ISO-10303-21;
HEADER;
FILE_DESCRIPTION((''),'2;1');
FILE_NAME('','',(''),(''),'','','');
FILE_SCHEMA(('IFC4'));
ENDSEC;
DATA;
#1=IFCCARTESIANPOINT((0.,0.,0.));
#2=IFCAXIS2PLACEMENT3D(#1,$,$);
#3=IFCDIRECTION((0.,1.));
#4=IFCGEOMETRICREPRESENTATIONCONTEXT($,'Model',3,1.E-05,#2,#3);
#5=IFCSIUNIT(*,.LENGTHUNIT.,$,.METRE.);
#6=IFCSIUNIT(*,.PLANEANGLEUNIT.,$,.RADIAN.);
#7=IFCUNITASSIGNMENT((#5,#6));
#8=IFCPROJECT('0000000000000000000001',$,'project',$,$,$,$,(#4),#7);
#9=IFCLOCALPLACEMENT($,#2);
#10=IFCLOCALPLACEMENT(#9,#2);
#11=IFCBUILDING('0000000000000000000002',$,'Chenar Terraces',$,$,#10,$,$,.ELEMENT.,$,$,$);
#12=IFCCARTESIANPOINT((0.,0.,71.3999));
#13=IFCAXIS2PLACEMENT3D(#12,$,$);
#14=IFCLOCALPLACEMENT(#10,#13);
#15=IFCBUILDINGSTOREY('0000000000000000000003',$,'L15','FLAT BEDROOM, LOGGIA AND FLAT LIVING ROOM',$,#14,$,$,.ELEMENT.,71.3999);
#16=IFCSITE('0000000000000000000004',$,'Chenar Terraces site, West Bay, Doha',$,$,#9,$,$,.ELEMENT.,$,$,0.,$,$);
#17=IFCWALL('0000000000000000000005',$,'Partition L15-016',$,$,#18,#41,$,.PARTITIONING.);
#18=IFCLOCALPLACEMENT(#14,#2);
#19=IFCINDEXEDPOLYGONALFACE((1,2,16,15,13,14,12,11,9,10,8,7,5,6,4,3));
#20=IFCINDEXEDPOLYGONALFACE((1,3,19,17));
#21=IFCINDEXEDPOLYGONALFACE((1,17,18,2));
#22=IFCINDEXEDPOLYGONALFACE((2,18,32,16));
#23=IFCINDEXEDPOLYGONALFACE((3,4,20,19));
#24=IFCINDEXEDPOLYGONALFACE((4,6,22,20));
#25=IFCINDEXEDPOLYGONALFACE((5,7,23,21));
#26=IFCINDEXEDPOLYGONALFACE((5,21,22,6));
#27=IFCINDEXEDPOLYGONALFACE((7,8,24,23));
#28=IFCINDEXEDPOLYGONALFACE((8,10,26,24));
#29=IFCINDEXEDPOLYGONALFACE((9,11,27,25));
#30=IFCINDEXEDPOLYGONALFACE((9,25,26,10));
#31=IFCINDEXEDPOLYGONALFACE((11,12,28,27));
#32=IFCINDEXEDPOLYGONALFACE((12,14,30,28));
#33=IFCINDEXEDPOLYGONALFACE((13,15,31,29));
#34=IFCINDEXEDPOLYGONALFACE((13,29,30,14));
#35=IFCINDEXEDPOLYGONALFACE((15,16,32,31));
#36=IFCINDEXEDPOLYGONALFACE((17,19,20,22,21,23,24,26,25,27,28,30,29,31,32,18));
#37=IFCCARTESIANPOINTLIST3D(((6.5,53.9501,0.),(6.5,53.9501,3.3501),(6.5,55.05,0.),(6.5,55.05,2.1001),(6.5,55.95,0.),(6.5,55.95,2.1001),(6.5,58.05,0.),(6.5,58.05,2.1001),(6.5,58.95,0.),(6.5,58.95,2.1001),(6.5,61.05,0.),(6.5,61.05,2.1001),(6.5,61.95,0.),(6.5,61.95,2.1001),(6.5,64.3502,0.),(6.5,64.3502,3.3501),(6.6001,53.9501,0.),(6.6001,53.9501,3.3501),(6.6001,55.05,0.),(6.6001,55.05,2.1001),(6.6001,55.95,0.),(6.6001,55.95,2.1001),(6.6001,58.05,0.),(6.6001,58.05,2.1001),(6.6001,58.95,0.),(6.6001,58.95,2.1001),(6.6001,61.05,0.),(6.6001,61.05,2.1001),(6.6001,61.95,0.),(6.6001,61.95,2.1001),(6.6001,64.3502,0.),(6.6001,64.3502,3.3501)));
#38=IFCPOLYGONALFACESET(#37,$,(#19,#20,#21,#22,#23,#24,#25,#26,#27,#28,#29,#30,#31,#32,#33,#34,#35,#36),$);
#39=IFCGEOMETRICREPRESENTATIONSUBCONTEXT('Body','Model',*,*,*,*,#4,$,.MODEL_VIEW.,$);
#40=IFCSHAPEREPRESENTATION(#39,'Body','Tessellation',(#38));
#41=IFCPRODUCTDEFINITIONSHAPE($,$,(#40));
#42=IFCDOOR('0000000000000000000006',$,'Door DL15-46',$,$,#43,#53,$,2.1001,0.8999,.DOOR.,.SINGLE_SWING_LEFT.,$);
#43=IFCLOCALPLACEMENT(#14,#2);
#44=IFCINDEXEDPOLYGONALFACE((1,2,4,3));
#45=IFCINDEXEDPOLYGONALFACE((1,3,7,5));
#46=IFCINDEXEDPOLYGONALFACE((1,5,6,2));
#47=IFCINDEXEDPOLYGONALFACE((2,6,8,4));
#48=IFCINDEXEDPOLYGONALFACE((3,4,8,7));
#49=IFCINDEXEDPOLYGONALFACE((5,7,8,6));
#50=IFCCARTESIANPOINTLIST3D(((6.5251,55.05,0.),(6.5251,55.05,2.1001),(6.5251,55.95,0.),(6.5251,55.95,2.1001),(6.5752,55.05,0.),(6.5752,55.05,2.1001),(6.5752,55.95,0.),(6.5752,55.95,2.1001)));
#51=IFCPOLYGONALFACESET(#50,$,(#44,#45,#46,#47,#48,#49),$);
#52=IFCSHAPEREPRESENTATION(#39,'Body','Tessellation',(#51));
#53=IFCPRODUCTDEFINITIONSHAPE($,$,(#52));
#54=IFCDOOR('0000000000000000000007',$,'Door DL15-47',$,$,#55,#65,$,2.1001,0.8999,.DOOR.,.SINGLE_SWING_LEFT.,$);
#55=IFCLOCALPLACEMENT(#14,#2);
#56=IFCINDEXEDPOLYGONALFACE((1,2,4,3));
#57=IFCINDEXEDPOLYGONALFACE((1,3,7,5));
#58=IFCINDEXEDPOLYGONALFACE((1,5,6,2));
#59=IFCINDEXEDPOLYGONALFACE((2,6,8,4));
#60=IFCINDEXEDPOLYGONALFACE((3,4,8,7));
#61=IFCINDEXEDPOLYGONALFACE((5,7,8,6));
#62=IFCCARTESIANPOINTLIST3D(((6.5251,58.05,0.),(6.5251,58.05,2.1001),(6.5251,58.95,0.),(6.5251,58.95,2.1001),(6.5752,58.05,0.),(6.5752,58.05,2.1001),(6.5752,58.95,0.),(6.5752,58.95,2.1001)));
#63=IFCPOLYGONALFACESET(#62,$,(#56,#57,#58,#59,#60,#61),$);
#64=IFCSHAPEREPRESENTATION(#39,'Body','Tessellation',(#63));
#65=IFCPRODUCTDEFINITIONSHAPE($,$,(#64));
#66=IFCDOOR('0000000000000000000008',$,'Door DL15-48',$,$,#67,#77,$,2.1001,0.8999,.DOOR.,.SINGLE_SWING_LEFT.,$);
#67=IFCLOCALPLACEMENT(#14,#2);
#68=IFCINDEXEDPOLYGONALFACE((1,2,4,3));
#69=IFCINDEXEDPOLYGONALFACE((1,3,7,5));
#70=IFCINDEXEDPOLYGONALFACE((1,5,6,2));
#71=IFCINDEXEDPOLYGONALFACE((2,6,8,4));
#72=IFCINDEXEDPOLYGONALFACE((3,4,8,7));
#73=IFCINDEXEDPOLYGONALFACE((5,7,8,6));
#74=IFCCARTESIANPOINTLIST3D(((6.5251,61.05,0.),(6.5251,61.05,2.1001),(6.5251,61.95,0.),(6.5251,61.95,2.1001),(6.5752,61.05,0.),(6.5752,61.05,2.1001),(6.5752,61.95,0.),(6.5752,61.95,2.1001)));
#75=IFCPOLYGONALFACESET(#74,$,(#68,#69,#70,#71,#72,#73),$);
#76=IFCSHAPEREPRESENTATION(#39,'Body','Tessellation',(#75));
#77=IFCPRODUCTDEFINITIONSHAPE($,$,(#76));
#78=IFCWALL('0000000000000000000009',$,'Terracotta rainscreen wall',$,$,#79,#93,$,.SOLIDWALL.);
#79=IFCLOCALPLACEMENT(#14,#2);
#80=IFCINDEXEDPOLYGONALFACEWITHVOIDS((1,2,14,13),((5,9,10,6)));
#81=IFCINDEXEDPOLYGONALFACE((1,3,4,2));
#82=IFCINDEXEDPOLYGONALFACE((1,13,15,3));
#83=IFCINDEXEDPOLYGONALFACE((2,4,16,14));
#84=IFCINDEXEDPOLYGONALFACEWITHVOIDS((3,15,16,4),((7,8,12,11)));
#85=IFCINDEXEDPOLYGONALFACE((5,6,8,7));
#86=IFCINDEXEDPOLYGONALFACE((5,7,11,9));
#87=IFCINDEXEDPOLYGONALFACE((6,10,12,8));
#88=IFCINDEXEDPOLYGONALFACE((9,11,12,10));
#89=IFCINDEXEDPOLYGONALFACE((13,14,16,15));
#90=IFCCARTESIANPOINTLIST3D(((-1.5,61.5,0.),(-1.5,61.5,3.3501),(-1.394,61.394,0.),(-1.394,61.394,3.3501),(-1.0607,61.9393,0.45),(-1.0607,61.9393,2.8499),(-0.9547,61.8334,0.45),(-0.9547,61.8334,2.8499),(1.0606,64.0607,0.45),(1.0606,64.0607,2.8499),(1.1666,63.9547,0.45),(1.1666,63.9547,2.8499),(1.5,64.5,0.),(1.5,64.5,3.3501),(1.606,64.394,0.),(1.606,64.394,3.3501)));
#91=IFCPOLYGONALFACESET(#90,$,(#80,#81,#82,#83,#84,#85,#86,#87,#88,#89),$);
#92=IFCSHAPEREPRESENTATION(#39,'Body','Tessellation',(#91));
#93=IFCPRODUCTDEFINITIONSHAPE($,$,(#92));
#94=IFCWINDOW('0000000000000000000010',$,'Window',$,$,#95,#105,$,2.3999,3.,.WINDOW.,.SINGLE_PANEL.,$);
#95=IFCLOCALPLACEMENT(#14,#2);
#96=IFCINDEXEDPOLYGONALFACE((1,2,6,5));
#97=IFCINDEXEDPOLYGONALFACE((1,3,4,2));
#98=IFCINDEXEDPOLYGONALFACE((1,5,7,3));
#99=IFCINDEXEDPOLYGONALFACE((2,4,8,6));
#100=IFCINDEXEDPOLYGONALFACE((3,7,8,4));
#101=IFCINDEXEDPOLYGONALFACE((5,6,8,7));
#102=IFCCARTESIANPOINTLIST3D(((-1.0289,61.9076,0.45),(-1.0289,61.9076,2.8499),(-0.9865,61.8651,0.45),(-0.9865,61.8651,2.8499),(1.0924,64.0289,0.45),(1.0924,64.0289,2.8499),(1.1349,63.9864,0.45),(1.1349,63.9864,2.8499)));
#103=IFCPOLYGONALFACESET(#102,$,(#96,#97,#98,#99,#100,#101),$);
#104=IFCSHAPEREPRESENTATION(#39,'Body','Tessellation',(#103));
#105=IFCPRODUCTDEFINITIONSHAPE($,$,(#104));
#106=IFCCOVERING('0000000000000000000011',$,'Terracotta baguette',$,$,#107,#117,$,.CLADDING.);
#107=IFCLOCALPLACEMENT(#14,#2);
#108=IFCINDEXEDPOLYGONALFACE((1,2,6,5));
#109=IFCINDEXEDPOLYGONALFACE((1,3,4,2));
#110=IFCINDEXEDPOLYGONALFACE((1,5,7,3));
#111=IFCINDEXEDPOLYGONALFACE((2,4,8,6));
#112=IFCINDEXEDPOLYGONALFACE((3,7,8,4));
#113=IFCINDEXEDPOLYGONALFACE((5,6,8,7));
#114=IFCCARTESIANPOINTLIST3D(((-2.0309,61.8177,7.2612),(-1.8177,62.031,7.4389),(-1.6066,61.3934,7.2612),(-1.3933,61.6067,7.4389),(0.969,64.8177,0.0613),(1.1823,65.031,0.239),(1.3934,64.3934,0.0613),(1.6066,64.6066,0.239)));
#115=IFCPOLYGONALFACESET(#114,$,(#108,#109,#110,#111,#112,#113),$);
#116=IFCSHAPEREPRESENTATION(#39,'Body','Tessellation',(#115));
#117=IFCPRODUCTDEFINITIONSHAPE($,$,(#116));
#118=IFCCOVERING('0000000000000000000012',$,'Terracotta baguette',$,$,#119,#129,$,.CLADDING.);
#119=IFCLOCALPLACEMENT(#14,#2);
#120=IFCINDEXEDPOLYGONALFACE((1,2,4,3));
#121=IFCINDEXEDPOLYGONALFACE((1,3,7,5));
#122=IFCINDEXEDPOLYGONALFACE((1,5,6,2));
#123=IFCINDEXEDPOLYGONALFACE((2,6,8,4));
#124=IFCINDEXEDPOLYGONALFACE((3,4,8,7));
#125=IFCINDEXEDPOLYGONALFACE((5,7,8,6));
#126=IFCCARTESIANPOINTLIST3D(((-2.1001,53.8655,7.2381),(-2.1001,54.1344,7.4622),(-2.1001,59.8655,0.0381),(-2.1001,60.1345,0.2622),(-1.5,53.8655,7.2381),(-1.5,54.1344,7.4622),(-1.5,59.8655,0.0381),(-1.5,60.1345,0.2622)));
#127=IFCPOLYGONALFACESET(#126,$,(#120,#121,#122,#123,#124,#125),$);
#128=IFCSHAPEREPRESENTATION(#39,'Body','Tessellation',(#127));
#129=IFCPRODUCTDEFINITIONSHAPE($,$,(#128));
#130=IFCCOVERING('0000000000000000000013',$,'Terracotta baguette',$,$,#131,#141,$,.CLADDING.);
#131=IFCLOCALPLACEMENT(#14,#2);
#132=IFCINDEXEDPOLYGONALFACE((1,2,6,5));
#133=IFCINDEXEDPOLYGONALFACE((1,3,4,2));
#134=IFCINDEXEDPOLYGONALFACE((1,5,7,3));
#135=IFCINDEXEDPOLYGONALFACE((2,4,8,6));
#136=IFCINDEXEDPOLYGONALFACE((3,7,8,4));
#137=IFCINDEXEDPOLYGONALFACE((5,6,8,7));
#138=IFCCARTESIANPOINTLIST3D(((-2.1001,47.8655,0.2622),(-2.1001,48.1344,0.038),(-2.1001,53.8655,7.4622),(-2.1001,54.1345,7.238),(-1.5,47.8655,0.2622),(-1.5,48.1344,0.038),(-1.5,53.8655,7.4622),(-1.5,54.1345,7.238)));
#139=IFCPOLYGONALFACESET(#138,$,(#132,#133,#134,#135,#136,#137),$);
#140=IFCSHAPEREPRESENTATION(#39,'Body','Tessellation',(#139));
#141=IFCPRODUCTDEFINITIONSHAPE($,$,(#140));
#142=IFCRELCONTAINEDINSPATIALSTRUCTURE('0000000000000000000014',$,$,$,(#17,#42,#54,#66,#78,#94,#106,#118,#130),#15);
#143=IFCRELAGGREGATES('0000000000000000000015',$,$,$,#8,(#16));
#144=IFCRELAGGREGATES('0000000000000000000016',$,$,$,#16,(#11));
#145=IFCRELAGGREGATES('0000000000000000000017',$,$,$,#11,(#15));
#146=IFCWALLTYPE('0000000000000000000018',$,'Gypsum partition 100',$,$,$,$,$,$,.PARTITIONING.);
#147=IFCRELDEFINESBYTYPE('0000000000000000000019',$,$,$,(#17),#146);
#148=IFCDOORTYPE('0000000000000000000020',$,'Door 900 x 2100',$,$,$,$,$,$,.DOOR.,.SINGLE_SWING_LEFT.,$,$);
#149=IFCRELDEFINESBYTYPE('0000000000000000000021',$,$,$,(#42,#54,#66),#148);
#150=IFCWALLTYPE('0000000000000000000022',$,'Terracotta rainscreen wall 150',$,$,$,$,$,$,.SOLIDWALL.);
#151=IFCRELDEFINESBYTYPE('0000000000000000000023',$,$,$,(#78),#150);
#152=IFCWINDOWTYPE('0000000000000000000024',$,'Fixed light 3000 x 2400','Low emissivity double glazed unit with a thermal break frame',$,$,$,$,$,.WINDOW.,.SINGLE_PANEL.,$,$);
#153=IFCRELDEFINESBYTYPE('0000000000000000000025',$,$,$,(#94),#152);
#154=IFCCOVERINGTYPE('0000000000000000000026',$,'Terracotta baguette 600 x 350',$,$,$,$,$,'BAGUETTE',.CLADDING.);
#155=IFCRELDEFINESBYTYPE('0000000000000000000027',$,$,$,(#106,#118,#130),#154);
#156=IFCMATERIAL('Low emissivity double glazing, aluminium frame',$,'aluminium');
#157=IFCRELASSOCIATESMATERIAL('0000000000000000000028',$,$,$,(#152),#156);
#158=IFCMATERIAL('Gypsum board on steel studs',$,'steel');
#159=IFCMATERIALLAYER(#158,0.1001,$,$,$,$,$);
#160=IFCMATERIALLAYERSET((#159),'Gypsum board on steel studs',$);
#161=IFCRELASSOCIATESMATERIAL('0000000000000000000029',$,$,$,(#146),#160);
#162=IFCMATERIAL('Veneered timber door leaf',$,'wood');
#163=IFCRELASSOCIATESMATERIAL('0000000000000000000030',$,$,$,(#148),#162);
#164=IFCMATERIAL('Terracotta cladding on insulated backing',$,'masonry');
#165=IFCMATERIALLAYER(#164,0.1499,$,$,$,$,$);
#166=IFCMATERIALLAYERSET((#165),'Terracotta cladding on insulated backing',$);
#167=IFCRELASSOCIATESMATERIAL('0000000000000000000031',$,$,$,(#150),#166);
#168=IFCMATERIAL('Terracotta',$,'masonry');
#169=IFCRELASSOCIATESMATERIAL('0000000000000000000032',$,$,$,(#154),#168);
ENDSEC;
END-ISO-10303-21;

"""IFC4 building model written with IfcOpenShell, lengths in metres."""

from ifc_helpers import new_model, si_unit, direction, frame, frame_2d, origin, origin_2d, place, context, subcontext, project, spatial, rectangle, extrude, material, layer, layer_set, material_profile, profile_set, type_object, element, fill, save


model = new_model("IFC4")

# Units and contexts
model_context = context("Model", 3, precision=1e-05, world=origin(), true_north=direction((0.0, 1.0)))
body_context = subcontext(model_context, "Body", "Model", "MODEL_VIEW")
ifc_project = project(units=[si_unit("LENGTHUNIT", "METRE"), si_unit("PLANEANGLEUNIT", "RADIAN")], contexts=[model_context])

# Site, building, storey
site_placement = place(None, origin())
site = spatial("IfcSite", under=ifc_project, at=site_placement, Name="Chenar Terraces site, West Bay, Doha", CompositionType="ELEMENT", RefElevation=0.0)
building_placement = place(site_placement, origin())
building = spatial("IfcBuilding", under=site, at=building_placement, Name="Chenar Terraces", CompositionType="ELEMENT")
storey_placement = place(building_placement, frame((0.0, 0.0, 71.3999)))
storey = spatial("IfcBuildingStorey", under=building, at=storey_placement, Name="L15", Description="FLAT BEDROOM, LOGGIA AND FLAT LIVING ROOM", CompositionType="ELEMENT", Elevation=71.3999)

# Shared definitions
ifc_material_1 = material(Name="Low emissivity double glazing, aluminium frame", Category="aluminium")
window_type_1 = type_object("IfcWindowType", Name="Fixed light 3000 x 2400", Description="Low emissivity double glazed unit with a thermal break frame", PartitioningType="SINGLE_PANEL", PredefinedType="WINDOW", material=ifc_material_1)

# Shared definitions
ifc_material_2 = material(Name="Gypsum board on steel studs", Category="steel")
ifc_layer_1 = layer(ifc_material_2, 0.1001)
ifc_layer_set_1 = layer_set([ifc_layer_1], Name="Gypsum board on steel studs")
wall_type_1 = type_object("IfcWallType", Name="Gypsum partition 100", PredefinedType="PARTITIONING", material=ifc_layer_set_1)

# Wall, openings, doors
wall_1_placement = place(storey_placement, frame((6.55, 53.95, 0.0), z_axis=(0.0, 0.0, 1.0), x_axis=(0.0, 1.0, 0.0)))
wall_1 = element("IfcWall", 1, at=wall_1_placement, inside=storey, type_object=wall_type_1, Name="Partition L15-016", PredefinedType="PARTITIONING", context=body_context, shape_type="SweptSolid", body=[
    extrude(rectangle(XDim=10.4001, YDim=0.1001, at=frame_2d((5.2002, 0.0))), origin(), (0.0, 0.0, 1.0), 3.3501),
])
opening_1_placement = place(wall_1_placement, frame((1.1001, 0.0, 0.0)))
opening_1 = element("IfcOpeningElement", 2, at=opening_1_placement, cuts=wall_1, PredefinedType="OPENING", context=body_context, shape_type="SweptSolid", body=[
    extrude(rectangle(XDim=0.8999, YDim=2.1001, at=frame_2d((0.45, 1.05))), frame((0.0, 0.0601, 0.0), z_axis=(0.0, -1.0, 0.0), x_axis=(1.0, 0.0, 0.0)), (0.0, 0.0, 1.0), 0.1201),
])
opening_2_placement = place(wall_1_placement, frame((4.1001, 0.0, 0.0)))
opening_2 = element("IfcOpeningElement", 3, at=opening_2_placement, cuts=wall_1, PredefinedType="OPENING", context=body_context, shape_type="SweptSolid", body=[
    extrude(rectangle(XDim=0.8999, YDim=2.1001, at=frame_2d((0.45, 1.05))), frame((0.0, 0.0601, 0.0), z_axis=(0.0, -1.0, 0.0), x_axis=(1.0, 0.0, 0.0)), (0.0, 0.0, 1.0), 0.1201),
])
opening_3_placement = place(wall_1_placement, frame((7.1001, 0.0, 0.0)))
opening_3 = element("IfcOpeningElement", 4, at=opening_3_placement, cuts=wall_1, PredefinedType="OPENING", context=body_context, shape_type="SweptSolid", body=[
    extrude(rectangle(XDim=0.8999, YDim=2.1001, at=frame_2d((0.45, 1.05))), frame((0.0, 0.0601, 0.0), z_axis=(0.0, -1.0, 0.0), x_axis=(1.0, 0.0, 0.0)), (0.0, 0.0, 1.0), 0.1201),
])
ifc_material_3 = material(Name="Veneered timber door leaf", Category="wood")
door_type = type_object("IfcDoorType", Name="Door 900 x 2100", OperationType="SINGLE_SWING_LEFT", PredefinedType="DOOR", material=ifc_material_3)
door_1_placement = place(opening_1_placement, origin())
door_1 = element("IfcDoor", 5, at=door_1_placement, inside=storey, type_object=door_type, Name="Door DL15-46", OperationType="SINGLE_SWING_LEFT", OverallHeight=2.1001, OverallWidth=0.8999, PredefinedType="DOOR", context=body_context, shape_type="SweptSolid", body=[
    extrude(rectangle(XDim=0.8999, YDim=2.1001, at=frame_2d((0.45, 1.05))), frame((0.0, 0.0249, 0.0), z_axis=(0.0, -1.0, 0.0), x_axis=(1.0, 0.0, 0.0)), (0.0, 0.0, 1.0), 0.05),
])
fill(opening_1, door_1)
door_2_placement = place(opening_2_placement, origin())
door_2 = element("IfcDoor", 6, at=door_2_placement, inside=storey, type_object=door_type, Name="Door DL15-47", OperationType="SINGLE_SWING_LEFT", OverallHeight=2.1001, OverallWidth=0.8999, PredefinedType="DOOR", context=body_context, shape_type="SweptSolid", body=[
    extrude(rectangle(XDim=0.8999, YDim=2.1001, at=frame_2d((0.45, 1.05))), frame((0.0, 0.0249, 0.0), z_axis=(0.0, -1.0, 0.0), x_axis=(1.0, 0.0, 0.0)), (0.0, 0.0, 1.0), 0.05),
])
fill(opening_2, door_2)
door_3_placement = place(opening_3_placement, origin())
door_3 = element("IfcDoor", 7, at=door_3_placement, inside=storey, type_object=door_type, Name="Door DL15-48", OperationType="SINGLE_SWING_LEFT", OverallHeight=2.1001, OverallWidth=0.8999, PredefinedType="DOOR", context=body_context, shape_type="SweptSolid", body=[
    extrude(rectangle(XDim=0.8999, YDim=2.1001, at=frame_2d((0.45, 1.05))), frame((0.0, 0.0249, 0.0), z_axis=(0.0, -1.0, 0.0), x_axis=(1.0, 0.0, 0.0)), (0.0, 0.0, 1.0), 0.05),
])
fill(opening_3, door_3)

# Wall, opening, window
ifc_material_4 = material(Name="Terracotta cladding on insulated backing", Category="masonry")
ifc_layer_2 = layer(ifc_material_4, 0.1499)
ifc_layer_set_2 = layer_set([ifc_layer_2], Name="Terracotta cladding on insulated backing")
wall_type_2 = type_object("IfcWallType", Name="Terracotta rainscreen wall 150", PredefinedType="SOLIDWALL", material=ifc_layer_set_2)
wall_2_placement = place(storey_placement, frame((1.553, 64.447, 0.0), z_axis=(0.0, 0.0, 1.0), x_axis=(-0.707107, -0.707107, 0.0)))
wall_2 = element("IfcWall", 8, at=wall_2_placement, inside=storey, type_object=wall_type_2, Name="Terracotta rainscreen wall", PredefinedType="SOLIDWALL", context=body_context, shape_type="SweptSolid", body=[
    extrude(rectangle(XDim=4.2427, YDim=0.1499, at=frame_2d((2.1213, 0.0))), origin(), (0.0, 0.0, 1.0), 3.3501),
])
opening_4_placement = place(wall_2_placement, frame((0.6213, 0.0, 0.45)))
opening_4 = element("IfcOpeningElement", 9, at=opening_4_placement, cuts=wall_2, PredefinedType="OPENING", context=body_context, shape_type="SweptSolid", body=[
    extrude(rectangle(XDim=3.0, YDim=2.3999, at=frame_2d((1.5, 1.2))), frame((0.0, 0.085, 0.0), z_axis=(0.0, -1.0, 0.0), x_axis=(1.0, 0.0, 0.0)), (0.0, 0.0, 1.0), 0.1699),
])
window_1_placement = place(opening_4_placement, origin())
window_1 = element("IfcWindow", 10, at=window_1_placement, inside=storey, type_object=window_type_1, Name="Window", OverallHeight=2.3999, OverallWidth=3.0, PartitioningType="SINGLE_PANEL", PredefinedType="WINDOW", context=body_context, shape_type="SweptSolid", body=[
    extrude(rectangle(XDim=3.0, YDim=2.3999, at=frame_2d((1.5, 1.2))), frame((0.0, 0.03, 0.0), z_axis=(0.0, -1.0, 0.0), x_axis=(1.0, 0.0, 0.0)), (0.0, 0.0, 1.0), 0.0601),
])
fill(opening_4, window_1)

# Coverings
ifc_material_5 = material(Name="Terracotta", Category="masonry")
ifc_material_profile_1 = material_profile(ifc_material_5, rectangle(XDim=0.6001, YDim=0.3501, at=origin_2d()), Name="Terracotta baguette 600 x 350")
ifc_profile_set_1 = profile_set([ifc_material_profile_1], Name="Terracotta")
covering_type = type_object("IfcCoveringType", Name="Terracotta baguette 600 x 350", ElementType="BAGUETTE", PredefinedType="CLADDING", material=ifc_profile_set_1)
covering_placement = place(storey_placement, frame((1.2878, 64.7122, 0.1501), z_axis=(-0.358981, -0.358981, 0.861548), x_axis=(0.707107, -0.707107, 0.0)))
element("IfcCovering", 11, at=covering_placement, inside=storey, type_object=covering_type, Name="Terracotta baguette", PredefinedType="CLADDING", context=body_context, shape_type="SweptSolid", body=[
    extrude(rectangle(XDim=0.6001, YDim=0.3501, at=origin_2d()), origin(), (0.0, 0.0, 1.0), 8.3569),
])
for number, where, z_axis, x_axis, name in (
    (12, (-1.8, 60.0, 0.1501), (0.0, -0.640187, 0.768219), (1.0, 0.0, 0.0), "Terracotta baguette"),
    (13, (-1.8, 54.0, 7.3501), (0.0, -0.640187, -0.768219), (1.0, 0.0, 0.0), "Terracotta baguette"),
):
    element("IfcCovering", number, at=place(storey_placement, frame(where, z_axis=z_axis, x_axis=x_axis)), inside=storey, type_object=covering_type, Name=name, PredefinedType="CLADDING", context=body_context, shape_type="SweptSolid", body=[
        extrude(rectangle(XDim=0.6001, YDim=0.3501, at=origin_2d()), origin(), (0.0, 0.0, 1.0), 9.3723),
    ])

save(model, "model.ifc")
